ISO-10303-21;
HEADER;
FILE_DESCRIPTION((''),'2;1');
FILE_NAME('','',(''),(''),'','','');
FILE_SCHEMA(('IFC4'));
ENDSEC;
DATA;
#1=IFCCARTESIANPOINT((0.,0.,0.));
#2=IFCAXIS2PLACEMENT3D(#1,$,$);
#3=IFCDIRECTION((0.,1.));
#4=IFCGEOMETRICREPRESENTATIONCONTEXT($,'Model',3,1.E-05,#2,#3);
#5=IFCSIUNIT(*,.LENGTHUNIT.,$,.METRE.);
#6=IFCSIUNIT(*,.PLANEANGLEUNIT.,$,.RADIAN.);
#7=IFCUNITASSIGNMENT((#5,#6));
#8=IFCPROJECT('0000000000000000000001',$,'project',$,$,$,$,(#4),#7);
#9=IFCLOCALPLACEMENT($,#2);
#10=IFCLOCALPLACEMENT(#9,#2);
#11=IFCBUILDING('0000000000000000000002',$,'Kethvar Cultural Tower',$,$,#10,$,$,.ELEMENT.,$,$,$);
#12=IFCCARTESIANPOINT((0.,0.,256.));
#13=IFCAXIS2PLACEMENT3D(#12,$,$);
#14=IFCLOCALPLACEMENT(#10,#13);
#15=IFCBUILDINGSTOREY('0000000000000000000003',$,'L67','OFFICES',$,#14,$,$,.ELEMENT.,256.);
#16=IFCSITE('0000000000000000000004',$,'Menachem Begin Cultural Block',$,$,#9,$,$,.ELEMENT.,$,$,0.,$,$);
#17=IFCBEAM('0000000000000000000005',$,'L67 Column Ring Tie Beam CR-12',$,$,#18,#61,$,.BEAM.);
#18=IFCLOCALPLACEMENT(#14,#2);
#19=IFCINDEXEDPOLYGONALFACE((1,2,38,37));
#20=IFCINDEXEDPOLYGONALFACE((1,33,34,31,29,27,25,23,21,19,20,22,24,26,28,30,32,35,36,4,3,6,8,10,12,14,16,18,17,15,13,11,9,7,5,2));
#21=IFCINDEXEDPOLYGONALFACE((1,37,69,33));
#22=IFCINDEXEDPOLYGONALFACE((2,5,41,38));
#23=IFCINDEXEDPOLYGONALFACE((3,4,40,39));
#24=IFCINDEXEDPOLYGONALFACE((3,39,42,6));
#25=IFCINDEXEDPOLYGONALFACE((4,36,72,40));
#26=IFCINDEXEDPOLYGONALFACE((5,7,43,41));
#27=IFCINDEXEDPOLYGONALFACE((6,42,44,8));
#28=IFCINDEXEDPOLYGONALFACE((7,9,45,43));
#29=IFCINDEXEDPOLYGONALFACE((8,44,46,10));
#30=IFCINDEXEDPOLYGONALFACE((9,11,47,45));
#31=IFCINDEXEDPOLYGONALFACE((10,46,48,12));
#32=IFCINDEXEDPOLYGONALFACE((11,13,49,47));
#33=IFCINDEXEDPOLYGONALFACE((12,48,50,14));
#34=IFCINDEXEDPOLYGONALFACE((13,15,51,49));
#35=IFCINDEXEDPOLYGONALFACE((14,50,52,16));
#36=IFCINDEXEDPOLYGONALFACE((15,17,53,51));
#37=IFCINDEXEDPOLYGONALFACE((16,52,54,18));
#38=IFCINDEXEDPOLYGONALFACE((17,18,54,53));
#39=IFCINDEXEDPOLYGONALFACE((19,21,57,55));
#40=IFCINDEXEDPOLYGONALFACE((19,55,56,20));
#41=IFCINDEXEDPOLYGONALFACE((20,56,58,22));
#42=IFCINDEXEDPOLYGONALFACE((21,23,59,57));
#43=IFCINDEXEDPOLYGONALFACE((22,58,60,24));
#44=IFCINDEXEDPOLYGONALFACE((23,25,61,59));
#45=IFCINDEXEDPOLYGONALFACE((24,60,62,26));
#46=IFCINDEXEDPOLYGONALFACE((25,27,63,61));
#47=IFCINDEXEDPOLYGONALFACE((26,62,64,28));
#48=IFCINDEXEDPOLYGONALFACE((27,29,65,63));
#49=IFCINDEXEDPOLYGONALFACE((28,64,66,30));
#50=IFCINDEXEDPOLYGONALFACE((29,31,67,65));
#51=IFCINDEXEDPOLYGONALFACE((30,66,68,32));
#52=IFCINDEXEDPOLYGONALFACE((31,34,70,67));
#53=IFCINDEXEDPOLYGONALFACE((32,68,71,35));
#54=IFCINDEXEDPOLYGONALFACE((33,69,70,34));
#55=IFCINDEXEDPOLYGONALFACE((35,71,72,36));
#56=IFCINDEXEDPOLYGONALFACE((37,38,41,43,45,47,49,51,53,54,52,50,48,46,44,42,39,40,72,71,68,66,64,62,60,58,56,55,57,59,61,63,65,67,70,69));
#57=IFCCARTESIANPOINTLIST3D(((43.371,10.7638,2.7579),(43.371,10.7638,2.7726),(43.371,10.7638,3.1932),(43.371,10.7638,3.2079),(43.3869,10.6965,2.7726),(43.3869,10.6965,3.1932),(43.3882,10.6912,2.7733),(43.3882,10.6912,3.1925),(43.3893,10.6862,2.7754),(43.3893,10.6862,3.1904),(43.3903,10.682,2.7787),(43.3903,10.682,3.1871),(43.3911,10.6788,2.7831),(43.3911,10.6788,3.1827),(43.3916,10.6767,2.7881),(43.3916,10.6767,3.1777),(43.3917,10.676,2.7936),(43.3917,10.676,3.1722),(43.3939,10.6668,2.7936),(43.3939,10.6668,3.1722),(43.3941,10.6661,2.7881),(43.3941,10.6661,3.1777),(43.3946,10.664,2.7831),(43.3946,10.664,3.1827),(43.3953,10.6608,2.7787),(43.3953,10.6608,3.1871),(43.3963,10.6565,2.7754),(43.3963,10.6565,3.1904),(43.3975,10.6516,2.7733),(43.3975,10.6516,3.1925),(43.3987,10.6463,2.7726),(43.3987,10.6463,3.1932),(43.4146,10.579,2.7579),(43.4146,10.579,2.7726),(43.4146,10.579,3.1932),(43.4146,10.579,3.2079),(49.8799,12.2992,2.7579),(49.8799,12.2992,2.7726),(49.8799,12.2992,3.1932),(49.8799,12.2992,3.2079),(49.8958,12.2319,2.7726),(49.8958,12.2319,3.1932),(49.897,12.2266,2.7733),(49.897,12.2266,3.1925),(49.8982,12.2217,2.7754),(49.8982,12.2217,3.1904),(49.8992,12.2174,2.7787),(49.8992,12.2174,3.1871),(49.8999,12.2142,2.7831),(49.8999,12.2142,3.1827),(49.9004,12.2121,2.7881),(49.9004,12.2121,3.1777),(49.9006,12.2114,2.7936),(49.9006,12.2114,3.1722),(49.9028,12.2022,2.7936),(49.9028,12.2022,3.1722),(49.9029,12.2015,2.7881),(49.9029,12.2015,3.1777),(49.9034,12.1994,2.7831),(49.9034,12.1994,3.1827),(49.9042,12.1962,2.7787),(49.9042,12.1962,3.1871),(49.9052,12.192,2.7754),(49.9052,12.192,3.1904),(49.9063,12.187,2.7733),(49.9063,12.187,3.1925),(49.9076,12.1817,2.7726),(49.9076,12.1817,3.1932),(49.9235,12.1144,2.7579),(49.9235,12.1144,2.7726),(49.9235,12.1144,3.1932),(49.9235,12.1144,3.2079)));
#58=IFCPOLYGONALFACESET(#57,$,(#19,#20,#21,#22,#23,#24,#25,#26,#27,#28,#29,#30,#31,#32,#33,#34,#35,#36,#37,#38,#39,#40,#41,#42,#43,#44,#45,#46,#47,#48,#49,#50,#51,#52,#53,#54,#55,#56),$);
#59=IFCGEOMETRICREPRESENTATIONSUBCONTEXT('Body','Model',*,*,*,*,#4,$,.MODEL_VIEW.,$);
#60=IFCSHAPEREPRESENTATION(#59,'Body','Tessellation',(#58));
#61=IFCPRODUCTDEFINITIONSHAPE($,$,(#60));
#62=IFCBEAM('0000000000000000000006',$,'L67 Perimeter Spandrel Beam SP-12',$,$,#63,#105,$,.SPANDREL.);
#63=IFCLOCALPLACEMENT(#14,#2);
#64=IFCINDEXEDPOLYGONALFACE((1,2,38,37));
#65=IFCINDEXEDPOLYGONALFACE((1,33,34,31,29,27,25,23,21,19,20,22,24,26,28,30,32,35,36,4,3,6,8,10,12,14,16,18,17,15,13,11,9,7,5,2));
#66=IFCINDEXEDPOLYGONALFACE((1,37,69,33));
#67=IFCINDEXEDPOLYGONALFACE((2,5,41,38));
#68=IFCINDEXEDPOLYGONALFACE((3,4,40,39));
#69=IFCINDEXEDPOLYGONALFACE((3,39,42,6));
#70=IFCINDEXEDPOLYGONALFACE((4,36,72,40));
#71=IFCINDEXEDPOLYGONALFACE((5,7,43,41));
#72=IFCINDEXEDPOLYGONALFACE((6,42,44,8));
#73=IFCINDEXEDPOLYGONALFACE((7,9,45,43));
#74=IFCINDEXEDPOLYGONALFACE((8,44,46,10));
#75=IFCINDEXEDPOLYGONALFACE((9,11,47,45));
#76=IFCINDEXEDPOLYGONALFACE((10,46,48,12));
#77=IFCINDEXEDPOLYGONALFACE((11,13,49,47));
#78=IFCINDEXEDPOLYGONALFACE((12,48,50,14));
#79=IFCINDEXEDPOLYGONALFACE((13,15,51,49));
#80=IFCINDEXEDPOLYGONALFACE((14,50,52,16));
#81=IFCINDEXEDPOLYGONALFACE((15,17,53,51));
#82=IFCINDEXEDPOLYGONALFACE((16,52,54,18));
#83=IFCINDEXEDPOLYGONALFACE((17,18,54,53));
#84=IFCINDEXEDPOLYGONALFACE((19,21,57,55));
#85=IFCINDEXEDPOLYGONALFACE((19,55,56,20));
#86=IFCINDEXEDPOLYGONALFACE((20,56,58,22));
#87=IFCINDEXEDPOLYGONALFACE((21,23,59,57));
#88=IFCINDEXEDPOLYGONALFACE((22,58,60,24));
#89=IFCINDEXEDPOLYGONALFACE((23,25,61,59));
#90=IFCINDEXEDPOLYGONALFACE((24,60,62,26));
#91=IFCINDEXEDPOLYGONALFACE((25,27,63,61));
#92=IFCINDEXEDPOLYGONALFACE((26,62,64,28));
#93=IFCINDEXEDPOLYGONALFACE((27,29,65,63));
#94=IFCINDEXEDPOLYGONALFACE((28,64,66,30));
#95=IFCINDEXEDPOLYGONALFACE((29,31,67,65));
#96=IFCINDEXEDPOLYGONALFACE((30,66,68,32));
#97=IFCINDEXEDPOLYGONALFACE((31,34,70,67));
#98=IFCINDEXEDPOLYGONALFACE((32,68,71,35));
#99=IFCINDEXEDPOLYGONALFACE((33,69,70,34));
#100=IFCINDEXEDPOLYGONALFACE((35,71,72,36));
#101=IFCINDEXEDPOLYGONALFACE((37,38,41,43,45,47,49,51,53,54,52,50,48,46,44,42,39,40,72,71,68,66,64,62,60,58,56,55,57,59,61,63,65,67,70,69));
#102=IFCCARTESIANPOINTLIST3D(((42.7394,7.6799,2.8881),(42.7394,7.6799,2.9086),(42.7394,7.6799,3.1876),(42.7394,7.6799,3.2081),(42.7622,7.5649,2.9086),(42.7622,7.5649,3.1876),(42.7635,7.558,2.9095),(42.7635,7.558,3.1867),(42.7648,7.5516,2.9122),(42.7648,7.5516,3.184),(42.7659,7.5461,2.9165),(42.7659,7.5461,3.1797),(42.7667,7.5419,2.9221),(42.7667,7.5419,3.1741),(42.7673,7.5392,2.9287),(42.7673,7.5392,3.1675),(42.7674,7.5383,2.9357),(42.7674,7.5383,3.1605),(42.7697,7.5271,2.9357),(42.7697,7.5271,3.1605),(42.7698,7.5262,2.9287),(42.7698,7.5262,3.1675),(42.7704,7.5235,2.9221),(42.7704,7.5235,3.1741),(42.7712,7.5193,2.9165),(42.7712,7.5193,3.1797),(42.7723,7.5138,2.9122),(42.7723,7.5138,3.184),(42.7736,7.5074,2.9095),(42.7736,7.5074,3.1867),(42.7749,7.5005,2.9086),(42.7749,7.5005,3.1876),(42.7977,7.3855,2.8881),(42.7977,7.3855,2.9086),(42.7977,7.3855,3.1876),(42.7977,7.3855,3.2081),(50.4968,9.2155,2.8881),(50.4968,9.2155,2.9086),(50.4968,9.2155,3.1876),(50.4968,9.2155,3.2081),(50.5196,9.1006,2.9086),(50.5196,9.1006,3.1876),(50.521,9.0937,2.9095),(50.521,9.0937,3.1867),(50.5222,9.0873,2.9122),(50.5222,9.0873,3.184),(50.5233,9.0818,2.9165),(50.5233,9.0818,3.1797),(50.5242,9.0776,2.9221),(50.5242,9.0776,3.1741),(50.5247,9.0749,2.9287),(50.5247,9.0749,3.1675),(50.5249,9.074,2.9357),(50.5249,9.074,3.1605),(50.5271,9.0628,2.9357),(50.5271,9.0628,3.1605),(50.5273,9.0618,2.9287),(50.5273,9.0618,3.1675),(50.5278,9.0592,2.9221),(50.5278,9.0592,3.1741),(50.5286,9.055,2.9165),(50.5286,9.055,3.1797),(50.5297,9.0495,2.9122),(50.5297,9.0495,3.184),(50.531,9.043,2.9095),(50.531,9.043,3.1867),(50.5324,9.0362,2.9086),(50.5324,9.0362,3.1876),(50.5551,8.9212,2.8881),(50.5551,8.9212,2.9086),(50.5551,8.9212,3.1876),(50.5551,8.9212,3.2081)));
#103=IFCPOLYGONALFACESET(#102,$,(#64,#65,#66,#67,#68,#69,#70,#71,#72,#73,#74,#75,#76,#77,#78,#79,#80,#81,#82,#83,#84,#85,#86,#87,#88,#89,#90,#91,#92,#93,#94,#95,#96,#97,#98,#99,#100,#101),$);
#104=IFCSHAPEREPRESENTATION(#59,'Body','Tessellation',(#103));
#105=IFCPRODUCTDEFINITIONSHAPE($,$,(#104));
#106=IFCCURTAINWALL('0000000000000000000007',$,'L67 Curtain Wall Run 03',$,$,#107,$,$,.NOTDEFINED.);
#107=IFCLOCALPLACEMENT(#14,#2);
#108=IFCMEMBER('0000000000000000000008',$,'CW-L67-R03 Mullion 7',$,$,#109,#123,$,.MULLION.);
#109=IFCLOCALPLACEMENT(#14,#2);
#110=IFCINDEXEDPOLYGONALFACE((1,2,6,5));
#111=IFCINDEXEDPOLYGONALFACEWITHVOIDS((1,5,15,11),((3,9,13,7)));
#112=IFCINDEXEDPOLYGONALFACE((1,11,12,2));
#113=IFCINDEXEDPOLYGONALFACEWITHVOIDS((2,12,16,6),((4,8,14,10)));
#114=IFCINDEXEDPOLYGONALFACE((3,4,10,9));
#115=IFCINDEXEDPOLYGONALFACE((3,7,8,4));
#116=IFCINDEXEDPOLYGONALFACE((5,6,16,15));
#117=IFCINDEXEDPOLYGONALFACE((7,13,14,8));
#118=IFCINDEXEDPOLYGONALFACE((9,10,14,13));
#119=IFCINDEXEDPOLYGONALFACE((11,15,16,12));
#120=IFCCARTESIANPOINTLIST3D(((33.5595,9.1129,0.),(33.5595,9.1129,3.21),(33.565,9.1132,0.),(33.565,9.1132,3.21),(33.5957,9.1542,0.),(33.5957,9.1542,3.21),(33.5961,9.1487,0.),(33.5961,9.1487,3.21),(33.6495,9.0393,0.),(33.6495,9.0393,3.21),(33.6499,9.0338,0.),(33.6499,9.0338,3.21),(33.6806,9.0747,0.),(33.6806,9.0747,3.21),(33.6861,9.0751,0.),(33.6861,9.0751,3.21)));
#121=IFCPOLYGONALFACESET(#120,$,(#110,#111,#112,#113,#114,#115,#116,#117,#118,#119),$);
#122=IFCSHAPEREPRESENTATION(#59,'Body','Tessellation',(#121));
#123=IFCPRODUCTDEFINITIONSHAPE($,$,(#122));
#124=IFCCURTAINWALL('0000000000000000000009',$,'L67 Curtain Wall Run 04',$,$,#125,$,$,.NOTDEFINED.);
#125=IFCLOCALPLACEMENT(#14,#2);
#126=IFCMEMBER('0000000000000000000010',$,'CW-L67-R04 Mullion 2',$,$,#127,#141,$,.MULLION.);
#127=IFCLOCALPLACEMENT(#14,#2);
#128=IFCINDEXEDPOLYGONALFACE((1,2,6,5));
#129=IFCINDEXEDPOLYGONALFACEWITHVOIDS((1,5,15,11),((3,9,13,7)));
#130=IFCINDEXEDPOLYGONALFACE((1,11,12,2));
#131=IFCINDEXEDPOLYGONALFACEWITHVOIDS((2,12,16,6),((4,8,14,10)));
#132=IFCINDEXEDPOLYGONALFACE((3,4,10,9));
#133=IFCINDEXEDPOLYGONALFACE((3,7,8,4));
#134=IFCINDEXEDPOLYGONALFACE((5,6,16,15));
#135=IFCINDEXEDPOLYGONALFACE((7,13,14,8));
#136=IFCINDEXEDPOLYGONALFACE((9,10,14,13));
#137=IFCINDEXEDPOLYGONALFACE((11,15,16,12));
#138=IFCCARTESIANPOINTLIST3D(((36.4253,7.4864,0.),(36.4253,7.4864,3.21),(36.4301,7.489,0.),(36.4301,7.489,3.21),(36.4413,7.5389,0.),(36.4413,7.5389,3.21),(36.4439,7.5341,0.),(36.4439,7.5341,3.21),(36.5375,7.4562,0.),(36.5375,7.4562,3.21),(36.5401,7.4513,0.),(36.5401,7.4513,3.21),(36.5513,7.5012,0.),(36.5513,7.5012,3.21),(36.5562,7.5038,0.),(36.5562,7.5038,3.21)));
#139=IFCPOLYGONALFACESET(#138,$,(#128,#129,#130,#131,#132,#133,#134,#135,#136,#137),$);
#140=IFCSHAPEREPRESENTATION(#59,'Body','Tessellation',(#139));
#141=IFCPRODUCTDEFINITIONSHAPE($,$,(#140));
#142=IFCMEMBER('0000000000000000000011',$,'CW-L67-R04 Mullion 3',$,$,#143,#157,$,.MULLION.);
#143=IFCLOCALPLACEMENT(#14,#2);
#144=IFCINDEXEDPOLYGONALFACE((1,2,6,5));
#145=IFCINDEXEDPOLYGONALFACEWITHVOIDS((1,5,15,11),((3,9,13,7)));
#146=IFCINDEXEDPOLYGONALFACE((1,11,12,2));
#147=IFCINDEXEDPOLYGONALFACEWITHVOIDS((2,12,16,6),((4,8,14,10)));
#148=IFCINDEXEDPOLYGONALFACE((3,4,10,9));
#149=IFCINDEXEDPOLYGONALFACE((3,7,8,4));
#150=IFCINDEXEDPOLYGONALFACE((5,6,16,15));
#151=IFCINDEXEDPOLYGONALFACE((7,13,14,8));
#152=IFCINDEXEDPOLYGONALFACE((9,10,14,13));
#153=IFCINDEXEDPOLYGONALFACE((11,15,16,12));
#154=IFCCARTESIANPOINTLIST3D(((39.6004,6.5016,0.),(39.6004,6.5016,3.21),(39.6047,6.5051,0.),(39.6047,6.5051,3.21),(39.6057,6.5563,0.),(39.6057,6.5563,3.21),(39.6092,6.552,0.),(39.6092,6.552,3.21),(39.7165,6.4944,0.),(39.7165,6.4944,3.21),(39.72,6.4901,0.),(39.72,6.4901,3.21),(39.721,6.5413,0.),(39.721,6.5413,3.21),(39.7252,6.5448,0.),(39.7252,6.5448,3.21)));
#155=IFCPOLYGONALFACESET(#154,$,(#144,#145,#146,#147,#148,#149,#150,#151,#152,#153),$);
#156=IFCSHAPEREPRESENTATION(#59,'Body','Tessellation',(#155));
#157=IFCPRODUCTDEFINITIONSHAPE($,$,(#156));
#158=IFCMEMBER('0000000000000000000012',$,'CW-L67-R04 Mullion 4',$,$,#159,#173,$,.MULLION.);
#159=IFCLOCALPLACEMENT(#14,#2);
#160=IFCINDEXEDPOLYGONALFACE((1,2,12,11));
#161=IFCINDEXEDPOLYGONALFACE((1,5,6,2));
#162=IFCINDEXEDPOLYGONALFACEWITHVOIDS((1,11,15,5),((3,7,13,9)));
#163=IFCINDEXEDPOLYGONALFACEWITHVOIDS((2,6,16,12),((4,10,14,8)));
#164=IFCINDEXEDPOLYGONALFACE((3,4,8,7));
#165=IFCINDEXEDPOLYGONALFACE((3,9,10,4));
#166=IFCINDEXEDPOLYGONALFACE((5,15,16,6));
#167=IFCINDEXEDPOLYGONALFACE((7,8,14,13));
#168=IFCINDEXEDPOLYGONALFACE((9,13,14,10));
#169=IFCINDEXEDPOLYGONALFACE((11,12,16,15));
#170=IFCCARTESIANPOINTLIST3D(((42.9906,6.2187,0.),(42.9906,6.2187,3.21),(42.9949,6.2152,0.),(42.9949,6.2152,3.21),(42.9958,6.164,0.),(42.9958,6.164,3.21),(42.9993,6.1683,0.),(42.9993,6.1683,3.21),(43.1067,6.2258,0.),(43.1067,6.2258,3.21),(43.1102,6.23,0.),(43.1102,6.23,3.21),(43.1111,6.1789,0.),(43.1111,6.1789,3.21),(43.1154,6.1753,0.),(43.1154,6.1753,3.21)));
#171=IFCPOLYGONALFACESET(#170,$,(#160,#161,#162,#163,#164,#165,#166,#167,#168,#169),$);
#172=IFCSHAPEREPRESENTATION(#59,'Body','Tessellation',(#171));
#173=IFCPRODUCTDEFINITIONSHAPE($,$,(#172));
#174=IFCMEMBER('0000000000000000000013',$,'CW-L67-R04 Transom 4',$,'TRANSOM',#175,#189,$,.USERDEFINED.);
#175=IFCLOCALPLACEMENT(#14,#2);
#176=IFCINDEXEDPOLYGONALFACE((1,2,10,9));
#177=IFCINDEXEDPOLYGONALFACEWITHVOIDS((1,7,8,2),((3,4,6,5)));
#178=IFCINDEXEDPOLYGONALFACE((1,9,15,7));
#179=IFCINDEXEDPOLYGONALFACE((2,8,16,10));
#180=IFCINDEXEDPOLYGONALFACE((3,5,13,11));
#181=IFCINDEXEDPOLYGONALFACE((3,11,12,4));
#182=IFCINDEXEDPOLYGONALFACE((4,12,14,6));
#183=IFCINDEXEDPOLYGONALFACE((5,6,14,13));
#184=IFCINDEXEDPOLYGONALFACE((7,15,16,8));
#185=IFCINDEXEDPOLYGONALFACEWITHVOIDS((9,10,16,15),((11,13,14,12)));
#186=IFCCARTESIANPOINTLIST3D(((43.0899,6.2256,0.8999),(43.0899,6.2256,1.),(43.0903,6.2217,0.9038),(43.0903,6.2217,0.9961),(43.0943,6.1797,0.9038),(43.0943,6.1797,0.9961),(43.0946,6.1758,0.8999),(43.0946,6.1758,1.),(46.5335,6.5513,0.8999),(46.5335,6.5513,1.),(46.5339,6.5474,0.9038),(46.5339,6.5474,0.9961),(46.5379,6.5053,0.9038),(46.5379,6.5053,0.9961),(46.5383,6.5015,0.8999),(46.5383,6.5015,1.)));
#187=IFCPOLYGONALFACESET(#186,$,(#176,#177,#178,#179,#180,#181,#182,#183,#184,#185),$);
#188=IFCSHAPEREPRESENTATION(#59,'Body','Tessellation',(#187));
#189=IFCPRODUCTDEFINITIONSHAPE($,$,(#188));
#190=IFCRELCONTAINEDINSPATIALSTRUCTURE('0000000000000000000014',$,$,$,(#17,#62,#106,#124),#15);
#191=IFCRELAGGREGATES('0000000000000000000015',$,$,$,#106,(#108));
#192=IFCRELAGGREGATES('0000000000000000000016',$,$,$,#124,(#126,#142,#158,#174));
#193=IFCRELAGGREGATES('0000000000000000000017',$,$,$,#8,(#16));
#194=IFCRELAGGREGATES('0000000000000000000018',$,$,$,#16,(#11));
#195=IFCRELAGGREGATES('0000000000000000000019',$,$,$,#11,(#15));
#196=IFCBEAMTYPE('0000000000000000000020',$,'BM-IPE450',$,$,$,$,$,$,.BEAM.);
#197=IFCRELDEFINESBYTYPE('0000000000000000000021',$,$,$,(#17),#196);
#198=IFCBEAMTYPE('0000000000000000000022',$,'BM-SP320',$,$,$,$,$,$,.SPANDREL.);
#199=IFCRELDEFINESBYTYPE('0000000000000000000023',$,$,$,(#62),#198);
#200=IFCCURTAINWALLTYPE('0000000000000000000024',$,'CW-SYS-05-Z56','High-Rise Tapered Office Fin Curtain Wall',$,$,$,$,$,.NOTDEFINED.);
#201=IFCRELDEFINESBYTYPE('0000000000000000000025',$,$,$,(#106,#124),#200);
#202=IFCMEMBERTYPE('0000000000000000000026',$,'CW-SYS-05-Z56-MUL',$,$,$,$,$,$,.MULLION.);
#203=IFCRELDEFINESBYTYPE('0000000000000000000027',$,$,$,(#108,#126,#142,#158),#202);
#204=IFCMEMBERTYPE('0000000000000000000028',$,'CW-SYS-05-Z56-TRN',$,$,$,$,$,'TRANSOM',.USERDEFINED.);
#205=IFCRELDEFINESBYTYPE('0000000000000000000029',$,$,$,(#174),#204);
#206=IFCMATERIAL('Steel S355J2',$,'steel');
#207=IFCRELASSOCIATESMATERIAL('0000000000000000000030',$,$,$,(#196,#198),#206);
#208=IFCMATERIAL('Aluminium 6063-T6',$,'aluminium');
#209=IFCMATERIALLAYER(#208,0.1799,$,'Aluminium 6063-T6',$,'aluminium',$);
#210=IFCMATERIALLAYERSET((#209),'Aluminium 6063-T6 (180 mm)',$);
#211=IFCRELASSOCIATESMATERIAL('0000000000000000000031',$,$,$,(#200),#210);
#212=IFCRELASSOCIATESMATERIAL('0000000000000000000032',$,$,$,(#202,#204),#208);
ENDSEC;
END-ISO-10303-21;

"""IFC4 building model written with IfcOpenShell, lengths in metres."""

from ifc_helpers import new_model, si_unit, direction, frame, origin, origin_2d, place, context, subcontext, project, spatial, hollow_rectangle, i_section, extrude, source, transform, mapped, material, layer, layer_set, material_profile, profile_set, type_object, element, aggregate, save


model = new_model("IFC4")

# Units and contexts
model_context = context("Model", 3, precision=1e-05, world=origin(), true_north=direction((0.0, 1.0)))
body_context = subcontext(model_context, "Body", "Model", "MODEL_VIEW")
ifc_project = project(units=[si_unit("LENGTHUNIT", "METRE"), si_unit("PLANEANGLEUNIT", "RADIAN")], contexts=[model_context])

# Site, building, storey
site_placement = place(None, origin())
site = spatial("IfcSite", under=ifc_project, at=site_placement, Name="Menachem Begin Cultural Block", CompositionType="ELEMENT", RefElevation=0.0)
building_placement = place(site_placement, origin())
building = spatial("IfcBuilding", under=site, at=building_placement, Name="Kethvar Cultural Tower", CompositionType="ELEMENT")
storey_placement = place(building_placement, frame((0.0, 0.0, 256.0)))
storey = spatial("IfcBuildingStorey", under=building, at=storey_placement, Name="L67", Description="OFFICES", CompositionType="ELEMENT", Elevation=256.0)

# Beams
ifc_material_1 = material(Name="Steel S355J2", Category="steel")
ifc_material_profile_1 = material_profile(ifc_material_1, i_section(OverallWidth=0.1899, OverallDepth=0.45, WebThickness=0.0095, FlangeThickness=0.0146, FilletRadius=0.021, at=origin_2d()), Name="Steel S355J2 — IPE450")
ifc_profile_set_1 = profile_set([ifc_material_profile_1], Name="Steel S355J2 — IPE450")
beam_type_1 = type_object("IfcBeamType", Name="BM-IPE450", PredefinedType="BEAM", material=ifc_profile_set_1)
ifc_material_profile_2 = material_profile(ifc_material_1, i_section(OverallWidth=0.3, OverallDepth=0.3201, WebThickness=0.0115, FlangeThickness=0.0205, FilletRadius=0.0271, at=origin_2d()), Name="Steel S355J2 — HEB320")
ifc_profile_set_2 = profile_set([ifc_material_profile_2], Name="Steel S355J2 — HEB320")
beam_type_2 = type_object("IfcBeamType", Name="BM-SP320", PredefinedType="SPANDREL", material=ifc_profile_set_2)
shared_shape_1 = source(origin(), body_context, "Body", "SweptSolid", [
    extrude(i_section(OverallWidth=0.1899, OverallDepth=0.45, WebThickness=0.0095, FlangeThickness=0.0146, FilletRadius=0.021, at=origin_2d()), origin(), (0.0, 0.0, 1.0), 6.6875),
])
beam_1_placement = place(storey_placement, frame((43.3928, 10.6714, 2.9829), z_axis=(0.973286, 0.229595, 0.0), x_axis=(-0.229595, 0.973286, 0.0)))
element("IfcBeam", 1, at=beam_1_placement, inside=storey, type_object=beam_type_1, Name="L67 Column Ring Tie Beam CR-12", PredefinedType="BEAM", context=body_context, shape_type="MappedRepresentation", body=[
    mapped(shared_shape_1, transform((0.0, 0.0, 0.0), scale=1.0)),
])
shared_shape_2 = source(origin(), body_context, "Body", "SweptSolid", [
    extrude(i_section(OverallWidth=0.3, OverallDepth=0.3201, WebThickness=0.0115, FlangeThickness=0.0205, FilletRadius=0.0271, at=origin_2d()), origin(), (0.0, 0.0, 1.0), 7.908),
])
beam_2_placement = place(storey_placement, frame((42.7686, 7.5327, 3.0481), z_axis=(0.980964, 0.194192, 0.0), x_axis=(-0.194192, 0.980964, 0.0)))
element("IfcBeam", 2, at=beam_2_placement, inside=storey, type_object=beam_type_2, Name="L67 Perimeter Spandrel Beam SP-12", PredefinedType="SPANDREL", context=body_context, shape_type="MappedRepresentation", body=[
    mapped(shared_shape_2, transform((0.0, 0.0, 0.0), scale=1.0)),
])

# Curtain wall, member
ifc_material_2 = material(Name="Aluminium 6063-T6", Category="aluminium")
ifc_layer_1 = layer(ifc_material_2, 0.1799, Name="Aluminium 6063-T6", Category="aluminium")
ifc_layer_set_1 = layer_set([ifc_layer_1], Name="Aluminium 6063-T6 (180 mm)")
curtain_wall_type = type_object("IfcCurtainWallType", Name="CW-SYS-05-Z56", Description="High-Rise Tapered Office Fin Curtain Wall", PredefinedType="NOTDEFINED", material=ifc_layer_set_1)
curtain_wall_1_placement = place(storey_placement, origin())
curtain_wall_1 = element("IfcCurtainWall", 3, at=curtain_wall_1_placement, inside=storey, type_object=curtain_wall_type, Name="L67 Curtain Wall Run 03", PredefinedType="NOTDEFINED")
ifc_material_profile_3 = material_profile(ifc_material_2, hollow_rectangle(XDim=0.0549, YDim=0.1201, WallThickness=0.0039, at=origin_2d()), Name="Aluminium 6063-T6 — RHS120x55x4")
ifc_profile_set_3 = profile_set([ifc_material_profile_3], Name="Aluminium 6063-T6 — RHS120x55x4")
member_type_1 = type_object("IfcMemberType", Name="CW-SYS-05-Z56-MUL", PredefinedType="MULLION", material=ifc_profile_set_3)
shared_shape_3 = source(origin(), body_context, "Body", "SweptSolid", [
    extrude(hollow_rectangle(XDim=0.0549, YDim=0.1201, WallThickness=0.0039, at=origin_2d()), origin(), (0.0, 0.0, 1.0), 3.21),
])
member_1_placement = place(storey_placement, frame((33.6228, 9.094, 0.0), z_axis=(0.0, 0.0, 1.0), x_axis=(0.658571, 0.752518, 0.0)))
member_1 = element("IfcMember", 4, at=member_1_placement, type_object=member_type_1, Name="CW-L67-R03 Mullion 7", PredefinedType="MULLION", context=body_context, shape_type="MappedRepresentation", body=[
    mapped(shared_shape_3, transform((0.0, 0.0, 0.0), scale=1.0)),
])
aggregate(curtain_wall_1, [member_1])

# Curtain wall, members
curtain_wall_2_placement = place(storey_placement, origin())
curtain_wall_2 = element("IfcCurtainWall", 5, at=curtain_wall_2_placement, inside=storey, type_object=curtain_wall_type, Name="L67 Curtain Wall Run 04", PredefinedType="NOTDEFINED")
member_2_placement = place(storey_placement, frame((36.4907, 7.4951, 0.0), z_axis=(0.0, 0.0, 1.0), x_axis=(0.292355, 0.95631, 0.0)))
member_2 = element("IfcMember", 6, at=member_2_placement, type_object=member_type_1, Name="CW-L67-R04 Mullion 2", PredefinedType="MULLION", context=body_context, shape_type="MappedRepresentation", body=[
    mapped(shared_shape_3, transform((0.0, 0.0, 0.0), scale=1.0)),
])
member_3_placement = place(storey_placement, frame((39.6628, 6.5232, 0.0), z_axis=(0.0, 0.0, 1.0), x_axis=(0.09529, 0.99545, 0.0)))
member_3 = element("IfcMember", 7, at=member_3_placement, type_object=member_type_1, Name="CW-L67-R04 Mullion 3", PredefinedType="MULLION", context=body_context, shape_type="MappedRepresentation", body=[
    mapped(shared_shape_3, transform((0.0, 0.0, 0.0), scale=1.0)),
])
member_4_placement = place(storey_placement, frame((43.053, 6.197, 0.0), z_axis=(0.0, 0.0, 1.0), x_axis=(-0.094143, 0.995559, 0.0)))
member_4 = element("IfcMember", 8, at=member_4_placement, type_object=member_type_1, Name="CW-L67-R04 Mullion 4", PredefinedType="MULLION", context=body_context, shape_type="MappedRepresentation", body=[
    mapped(shared_shape_3, transform((0.0, 0.0, 0.0), scale=1.0)),
])
ifc_material_profile_4 = material_profile(ifc_material_2, hollow_rectangle(XDim=0.05, YDim=0.1001, WallThickness=0.0039, at=origin_2d()), Name="Aluminium 6063-T6 — RHS100x50x4")
ifc_profile_set_4 = profile_set([ifc_material_profile_4], Name="Aluminium 6063-T6 — RHS100x50x4")
member_type_2 = type_object("IfcMemberType", Name="CW-SYS-05-Z56-TRN", ElementType="TRANSOM", PredefinedType="USERDEFINED", material=ifc_profile_set_4)
shared_shape_4 = source(origin(), body_context, "Body", "SweptSolid", [
    extrude(hollow_rectangle(XDim=0.05, YDim=0.1001, WallThickness=0.0039, at=origin_2d()), origin(), (0.0, 0.0, 1.0), 3.459),
])
member_5_placement = place(storey_placement, frame((43.0923, 6.2007, 0.95), z_axis=(0.995557, 0.094156, 0.0), x_axis=(-0.094156, 0.995557, 0.0)))
member_5 = element("IfcMember", 9, at=member_5_placement, type_object=member_type_2, Name="CW-L67-R04 Transom 4", ObjectType="TRANSOM", PredefinedType="USERDEFINED", context=body_context, shape_type="MappedRepresentation", body=[
    mapped(shared_shape_4, transform((0.0, 0.0, 0.0), scale=1.0)),
])
aggregate(curtain_wall_2, [member_2, member_3, member_4, member_5])

save(model, "model.ifc")
